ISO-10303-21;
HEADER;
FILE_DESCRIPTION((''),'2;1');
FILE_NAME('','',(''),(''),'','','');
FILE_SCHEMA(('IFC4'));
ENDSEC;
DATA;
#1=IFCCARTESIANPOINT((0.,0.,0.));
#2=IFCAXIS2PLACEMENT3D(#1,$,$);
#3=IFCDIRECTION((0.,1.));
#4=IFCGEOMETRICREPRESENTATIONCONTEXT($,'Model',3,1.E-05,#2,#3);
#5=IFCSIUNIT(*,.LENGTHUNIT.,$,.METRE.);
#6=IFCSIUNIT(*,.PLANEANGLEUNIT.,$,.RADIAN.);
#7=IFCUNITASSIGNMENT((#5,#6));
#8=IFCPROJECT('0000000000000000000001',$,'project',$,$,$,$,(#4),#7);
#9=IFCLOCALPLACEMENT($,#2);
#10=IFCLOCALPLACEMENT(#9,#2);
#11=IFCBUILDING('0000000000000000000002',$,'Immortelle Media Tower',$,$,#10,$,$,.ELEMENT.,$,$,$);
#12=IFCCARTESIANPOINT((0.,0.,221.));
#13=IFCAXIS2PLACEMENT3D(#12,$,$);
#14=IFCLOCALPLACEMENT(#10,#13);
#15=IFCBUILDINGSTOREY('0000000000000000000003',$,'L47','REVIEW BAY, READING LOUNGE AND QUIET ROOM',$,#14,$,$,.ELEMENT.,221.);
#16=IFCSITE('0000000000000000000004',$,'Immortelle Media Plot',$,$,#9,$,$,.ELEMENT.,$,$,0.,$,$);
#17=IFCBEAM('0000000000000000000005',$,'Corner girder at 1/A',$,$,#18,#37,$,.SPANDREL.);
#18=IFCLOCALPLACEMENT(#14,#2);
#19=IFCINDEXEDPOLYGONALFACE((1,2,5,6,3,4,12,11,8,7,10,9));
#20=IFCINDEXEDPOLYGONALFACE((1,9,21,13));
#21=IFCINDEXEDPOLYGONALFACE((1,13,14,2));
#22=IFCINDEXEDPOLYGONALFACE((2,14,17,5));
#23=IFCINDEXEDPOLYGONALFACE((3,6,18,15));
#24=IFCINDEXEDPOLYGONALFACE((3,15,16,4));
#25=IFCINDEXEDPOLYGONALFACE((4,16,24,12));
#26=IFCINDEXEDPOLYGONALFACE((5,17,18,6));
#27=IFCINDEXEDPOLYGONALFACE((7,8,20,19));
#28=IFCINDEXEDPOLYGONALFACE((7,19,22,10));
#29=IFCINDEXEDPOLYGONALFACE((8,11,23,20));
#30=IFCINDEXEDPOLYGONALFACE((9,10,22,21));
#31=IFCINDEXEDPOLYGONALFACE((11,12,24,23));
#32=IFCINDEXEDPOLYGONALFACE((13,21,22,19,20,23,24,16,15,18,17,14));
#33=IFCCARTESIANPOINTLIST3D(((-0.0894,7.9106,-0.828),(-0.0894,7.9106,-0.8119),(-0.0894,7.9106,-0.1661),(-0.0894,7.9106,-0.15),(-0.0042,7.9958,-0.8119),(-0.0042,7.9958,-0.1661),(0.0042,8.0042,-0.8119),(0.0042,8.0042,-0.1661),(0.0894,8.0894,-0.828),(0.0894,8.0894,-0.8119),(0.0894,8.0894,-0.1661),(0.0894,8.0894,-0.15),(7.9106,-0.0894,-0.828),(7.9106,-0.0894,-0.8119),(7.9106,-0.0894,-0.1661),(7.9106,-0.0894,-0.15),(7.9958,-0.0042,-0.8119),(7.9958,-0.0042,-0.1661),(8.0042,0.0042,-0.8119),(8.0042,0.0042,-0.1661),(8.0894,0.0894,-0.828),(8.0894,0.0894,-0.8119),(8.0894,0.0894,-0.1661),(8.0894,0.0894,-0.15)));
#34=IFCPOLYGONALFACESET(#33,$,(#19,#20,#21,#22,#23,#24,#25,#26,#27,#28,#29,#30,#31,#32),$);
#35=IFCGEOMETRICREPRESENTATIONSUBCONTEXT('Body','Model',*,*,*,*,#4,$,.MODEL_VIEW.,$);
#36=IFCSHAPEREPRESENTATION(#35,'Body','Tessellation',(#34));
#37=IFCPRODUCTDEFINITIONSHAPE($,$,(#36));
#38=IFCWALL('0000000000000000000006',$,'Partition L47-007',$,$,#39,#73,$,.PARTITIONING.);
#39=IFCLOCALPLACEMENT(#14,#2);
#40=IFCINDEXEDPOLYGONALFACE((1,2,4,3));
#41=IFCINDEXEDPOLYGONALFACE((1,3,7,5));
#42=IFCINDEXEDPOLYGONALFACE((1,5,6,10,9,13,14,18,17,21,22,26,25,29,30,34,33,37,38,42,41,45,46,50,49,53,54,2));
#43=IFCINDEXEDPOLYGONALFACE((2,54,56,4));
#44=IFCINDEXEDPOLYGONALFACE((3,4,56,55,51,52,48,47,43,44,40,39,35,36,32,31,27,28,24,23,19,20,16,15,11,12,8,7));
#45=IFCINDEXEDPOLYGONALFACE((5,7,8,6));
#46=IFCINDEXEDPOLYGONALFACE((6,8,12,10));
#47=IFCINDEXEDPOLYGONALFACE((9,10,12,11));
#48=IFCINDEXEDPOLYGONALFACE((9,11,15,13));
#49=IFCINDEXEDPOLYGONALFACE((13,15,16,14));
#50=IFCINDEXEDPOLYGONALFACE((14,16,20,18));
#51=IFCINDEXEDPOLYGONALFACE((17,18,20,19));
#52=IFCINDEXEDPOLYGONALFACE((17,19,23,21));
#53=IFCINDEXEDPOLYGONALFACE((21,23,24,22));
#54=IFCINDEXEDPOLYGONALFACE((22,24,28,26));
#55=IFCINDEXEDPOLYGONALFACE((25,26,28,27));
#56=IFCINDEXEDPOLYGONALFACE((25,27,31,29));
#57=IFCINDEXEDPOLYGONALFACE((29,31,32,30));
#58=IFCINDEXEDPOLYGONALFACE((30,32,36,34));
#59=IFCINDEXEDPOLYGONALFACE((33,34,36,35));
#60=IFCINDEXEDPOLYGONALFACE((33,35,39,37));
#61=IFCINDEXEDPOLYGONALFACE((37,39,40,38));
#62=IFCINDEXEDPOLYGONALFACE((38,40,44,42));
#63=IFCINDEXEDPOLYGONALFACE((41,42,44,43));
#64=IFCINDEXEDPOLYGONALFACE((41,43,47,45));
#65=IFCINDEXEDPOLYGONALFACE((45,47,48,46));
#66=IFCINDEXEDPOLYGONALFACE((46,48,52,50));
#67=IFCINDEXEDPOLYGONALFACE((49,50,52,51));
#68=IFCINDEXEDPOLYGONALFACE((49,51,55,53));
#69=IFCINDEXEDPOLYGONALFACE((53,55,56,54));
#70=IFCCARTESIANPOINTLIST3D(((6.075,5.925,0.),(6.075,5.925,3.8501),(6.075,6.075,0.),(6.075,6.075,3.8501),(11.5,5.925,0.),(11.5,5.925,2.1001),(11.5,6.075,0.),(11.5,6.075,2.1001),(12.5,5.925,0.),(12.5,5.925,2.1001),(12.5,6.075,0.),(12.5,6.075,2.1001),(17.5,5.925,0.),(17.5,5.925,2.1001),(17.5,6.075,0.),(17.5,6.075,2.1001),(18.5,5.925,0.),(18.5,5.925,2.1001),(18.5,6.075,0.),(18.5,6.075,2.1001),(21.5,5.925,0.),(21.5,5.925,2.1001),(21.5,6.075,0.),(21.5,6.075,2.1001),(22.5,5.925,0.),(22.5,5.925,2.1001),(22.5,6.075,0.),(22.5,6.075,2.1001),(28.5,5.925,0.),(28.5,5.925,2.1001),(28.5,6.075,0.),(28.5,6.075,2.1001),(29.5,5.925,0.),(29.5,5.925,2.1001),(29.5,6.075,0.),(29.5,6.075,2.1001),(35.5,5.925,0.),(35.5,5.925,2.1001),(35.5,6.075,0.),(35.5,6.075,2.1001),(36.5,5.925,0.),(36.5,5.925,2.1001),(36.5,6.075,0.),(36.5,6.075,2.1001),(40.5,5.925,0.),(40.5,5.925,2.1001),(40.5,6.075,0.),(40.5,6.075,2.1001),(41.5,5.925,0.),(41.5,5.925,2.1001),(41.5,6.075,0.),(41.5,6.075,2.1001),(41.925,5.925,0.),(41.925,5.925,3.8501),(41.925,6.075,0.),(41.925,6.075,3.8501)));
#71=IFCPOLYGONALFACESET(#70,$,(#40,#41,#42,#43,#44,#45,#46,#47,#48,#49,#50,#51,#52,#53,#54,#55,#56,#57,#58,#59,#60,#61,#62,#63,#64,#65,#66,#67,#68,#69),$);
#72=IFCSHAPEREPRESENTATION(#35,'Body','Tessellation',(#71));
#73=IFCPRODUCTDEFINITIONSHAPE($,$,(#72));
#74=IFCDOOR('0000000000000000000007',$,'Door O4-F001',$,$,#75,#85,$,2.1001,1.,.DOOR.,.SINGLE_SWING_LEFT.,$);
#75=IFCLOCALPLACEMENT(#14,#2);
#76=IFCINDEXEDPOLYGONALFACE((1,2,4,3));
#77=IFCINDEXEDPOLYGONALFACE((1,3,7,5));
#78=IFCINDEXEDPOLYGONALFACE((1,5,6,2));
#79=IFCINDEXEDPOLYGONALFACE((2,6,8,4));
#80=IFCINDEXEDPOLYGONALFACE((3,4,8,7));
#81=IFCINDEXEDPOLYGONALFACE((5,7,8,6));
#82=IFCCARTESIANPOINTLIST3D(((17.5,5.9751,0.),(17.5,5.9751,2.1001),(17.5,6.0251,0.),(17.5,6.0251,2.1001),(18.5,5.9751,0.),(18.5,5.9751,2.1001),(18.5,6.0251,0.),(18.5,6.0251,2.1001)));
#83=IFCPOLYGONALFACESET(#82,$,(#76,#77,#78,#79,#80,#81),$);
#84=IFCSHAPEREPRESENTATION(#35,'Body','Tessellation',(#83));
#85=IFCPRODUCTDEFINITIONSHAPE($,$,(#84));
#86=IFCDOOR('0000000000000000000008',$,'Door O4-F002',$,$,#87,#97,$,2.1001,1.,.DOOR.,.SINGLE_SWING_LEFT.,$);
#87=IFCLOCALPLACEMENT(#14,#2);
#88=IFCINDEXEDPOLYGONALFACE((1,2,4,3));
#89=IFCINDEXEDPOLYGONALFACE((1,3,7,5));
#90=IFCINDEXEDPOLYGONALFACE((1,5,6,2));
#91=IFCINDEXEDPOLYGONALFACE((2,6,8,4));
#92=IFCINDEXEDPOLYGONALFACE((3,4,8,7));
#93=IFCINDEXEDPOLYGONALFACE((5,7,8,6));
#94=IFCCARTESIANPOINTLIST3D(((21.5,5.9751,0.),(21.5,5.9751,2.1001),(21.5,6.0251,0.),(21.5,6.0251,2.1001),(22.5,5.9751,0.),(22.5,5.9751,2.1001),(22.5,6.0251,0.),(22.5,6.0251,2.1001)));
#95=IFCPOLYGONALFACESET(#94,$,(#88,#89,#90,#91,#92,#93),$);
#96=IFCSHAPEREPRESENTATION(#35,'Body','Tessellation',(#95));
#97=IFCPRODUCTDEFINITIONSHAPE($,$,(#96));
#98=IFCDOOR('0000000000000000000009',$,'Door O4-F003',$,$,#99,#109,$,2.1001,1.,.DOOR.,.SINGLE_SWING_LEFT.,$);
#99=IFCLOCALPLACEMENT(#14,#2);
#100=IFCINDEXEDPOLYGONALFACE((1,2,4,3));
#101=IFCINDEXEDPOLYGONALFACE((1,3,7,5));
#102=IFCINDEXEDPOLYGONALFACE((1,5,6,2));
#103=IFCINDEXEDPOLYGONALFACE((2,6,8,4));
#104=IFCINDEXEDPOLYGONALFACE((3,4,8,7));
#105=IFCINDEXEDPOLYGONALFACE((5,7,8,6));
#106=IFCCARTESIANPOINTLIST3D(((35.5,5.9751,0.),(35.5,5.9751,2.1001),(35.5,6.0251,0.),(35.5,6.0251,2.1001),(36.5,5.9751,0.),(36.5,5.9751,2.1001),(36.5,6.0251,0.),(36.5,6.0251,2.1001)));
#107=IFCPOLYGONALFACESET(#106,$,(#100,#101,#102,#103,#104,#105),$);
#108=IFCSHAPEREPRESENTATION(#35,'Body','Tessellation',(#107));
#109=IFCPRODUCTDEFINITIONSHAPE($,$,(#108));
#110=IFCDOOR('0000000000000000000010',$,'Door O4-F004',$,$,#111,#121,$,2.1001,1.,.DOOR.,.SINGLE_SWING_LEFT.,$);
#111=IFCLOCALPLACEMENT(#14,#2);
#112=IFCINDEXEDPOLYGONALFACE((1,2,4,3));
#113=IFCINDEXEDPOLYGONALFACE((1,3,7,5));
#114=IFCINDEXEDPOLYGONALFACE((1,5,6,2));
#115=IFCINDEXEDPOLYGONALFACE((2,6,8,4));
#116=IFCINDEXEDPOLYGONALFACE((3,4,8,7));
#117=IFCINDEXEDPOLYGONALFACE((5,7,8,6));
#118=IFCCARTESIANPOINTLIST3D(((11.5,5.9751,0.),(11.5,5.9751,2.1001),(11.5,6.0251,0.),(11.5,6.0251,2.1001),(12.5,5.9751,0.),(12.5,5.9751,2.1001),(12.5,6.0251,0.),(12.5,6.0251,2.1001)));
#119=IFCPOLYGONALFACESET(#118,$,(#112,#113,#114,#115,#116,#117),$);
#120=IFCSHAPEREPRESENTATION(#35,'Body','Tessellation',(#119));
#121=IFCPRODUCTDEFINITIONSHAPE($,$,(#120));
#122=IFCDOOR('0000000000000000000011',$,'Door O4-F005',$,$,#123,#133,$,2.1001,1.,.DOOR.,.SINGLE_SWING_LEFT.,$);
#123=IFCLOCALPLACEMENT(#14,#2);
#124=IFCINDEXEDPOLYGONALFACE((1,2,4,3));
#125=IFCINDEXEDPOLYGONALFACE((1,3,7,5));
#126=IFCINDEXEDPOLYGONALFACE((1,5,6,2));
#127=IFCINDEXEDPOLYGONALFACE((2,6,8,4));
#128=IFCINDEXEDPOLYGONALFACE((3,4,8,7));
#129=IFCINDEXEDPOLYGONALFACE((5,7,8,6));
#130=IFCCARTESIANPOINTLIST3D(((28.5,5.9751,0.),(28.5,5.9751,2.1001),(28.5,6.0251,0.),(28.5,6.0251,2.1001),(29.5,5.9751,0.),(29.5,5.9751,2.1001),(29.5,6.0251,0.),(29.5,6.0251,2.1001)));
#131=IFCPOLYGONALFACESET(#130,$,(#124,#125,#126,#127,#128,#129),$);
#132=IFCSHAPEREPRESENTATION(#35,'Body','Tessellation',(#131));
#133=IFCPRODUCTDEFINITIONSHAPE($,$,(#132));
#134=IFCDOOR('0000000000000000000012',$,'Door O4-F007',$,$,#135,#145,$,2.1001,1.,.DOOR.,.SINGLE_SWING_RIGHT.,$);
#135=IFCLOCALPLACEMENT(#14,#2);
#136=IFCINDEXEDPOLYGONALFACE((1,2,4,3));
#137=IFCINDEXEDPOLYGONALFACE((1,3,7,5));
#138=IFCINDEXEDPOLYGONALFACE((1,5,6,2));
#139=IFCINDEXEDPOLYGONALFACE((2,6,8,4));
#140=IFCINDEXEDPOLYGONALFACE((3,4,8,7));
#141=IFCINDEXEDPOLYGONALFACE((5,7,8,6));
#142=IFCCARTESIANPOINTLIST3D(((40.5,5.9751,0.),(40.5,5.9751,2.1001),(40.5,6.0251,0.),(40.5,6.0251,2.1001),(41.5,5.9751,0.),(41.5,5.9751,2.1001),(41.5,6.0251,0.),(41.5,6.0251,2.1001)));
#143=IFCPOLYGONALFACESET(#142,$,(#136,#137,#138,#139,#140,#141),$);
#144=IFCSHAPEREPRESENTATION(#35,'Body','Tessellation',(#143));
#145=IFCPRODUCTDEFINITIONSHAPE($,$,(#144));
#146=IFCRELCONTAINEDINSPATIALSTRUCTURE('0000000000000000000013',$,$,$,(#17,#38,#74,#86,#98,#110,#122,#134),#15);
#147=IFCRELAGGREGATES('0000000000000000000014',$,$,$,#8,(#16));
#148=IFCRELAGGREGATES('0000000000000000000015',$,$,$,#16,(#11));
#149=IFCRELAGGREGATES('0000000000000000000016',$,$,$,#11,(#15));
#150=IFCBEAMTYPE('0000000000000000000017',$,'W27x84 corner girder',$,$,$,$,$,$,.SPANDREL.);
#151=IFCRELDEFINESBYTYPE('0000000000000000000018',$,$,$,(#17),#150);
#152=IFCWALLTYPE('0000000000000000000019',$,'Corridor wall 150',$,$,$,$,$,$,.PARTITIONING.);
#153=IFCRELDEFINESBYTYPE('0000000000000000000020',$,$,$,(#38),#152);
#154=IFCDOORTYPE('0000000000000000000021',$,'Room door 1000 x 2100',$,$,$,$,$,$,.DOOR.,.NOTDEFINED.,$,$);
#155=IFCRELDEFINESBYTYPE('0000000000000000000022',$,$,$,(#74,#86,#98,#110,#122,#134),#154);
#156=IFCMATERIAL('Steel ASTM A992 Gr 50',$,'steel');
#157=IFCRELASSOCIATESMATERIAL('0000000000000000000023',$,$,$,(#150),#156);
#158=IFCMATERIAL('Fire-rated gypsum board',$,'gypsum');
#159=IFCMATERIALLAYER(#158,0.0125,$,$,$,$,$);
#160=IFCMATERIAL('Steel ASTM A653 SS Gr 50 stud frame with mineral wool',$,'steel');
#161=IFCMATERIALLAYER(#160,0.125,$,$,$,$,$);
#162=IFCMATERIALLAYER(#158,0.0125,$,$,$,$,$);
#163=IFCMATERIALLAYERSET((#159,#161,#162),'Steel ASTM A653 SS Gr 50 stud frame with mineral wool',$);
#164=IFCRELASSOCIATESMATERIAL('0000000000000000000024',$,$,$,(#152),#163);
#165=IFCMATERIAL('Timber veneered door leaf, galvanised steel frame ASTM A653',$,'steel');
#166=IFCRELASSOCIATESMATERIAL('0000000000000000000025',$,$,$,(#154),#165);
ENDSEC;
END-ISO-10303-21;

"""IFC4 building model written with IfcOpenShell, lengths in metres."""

from ifc_helpers import new_model, si_unit, direction, frame, frame_2d, origin, origin_2d, place, context, subcontext, project, spatial, rectangle, i_section, extrude, material, layer, layer_set, material_profile, profile_set, type_object, element, fill, save


model = new_model("IFC4")

# Units and contexts
model_context = context("Model", 3, precision=1e-05, world=origin(), true_north=direction((0.0, 1.0)))
body_context = subcontext(model_context, "Body", "Model", "MODEL_VIEW")
ifc_project = project(units=[si_unit("LENGTHUNIT", "METRE"), si_unit("PLANEANGLEUNIT", "RADIAN")], contexts=[model_context])

# Site, building, storey
site_placement = place(None, origin())
site = spatial("IfcSite", under=ifc_project, at=site_placement, Name="Immortelle Media Plot", CompositionType="ELEMENT", RefElevation=0.0)
building_placement = place(site_placement, origin())
building = spatial("IfcBuilding", under=site, at=building_placement, Name="Immortelle Media Tower", CompositionType="ELEMENT")
storey_placement = place(building_placement, frame((0.0, 0.0, 221.0)))
storey = spatial("IfcBuildingStorey", under=building, at=storey_placement, Name="L47", Description="REVIEW BAY, READING LOUNGE AND QUIET ROOM", CompositionType="ELEMENT", Elevation=221.0)

# Shared definitions
ifc_material_1 = material(Name="Steel ASTM A992 Gr 50", Category="steel")

# Beam
ifc_material_profile_1 = material_profile(ifc_material_1, i_section(OverallWidth=0.2529, OverallDepth=0.678, WebThickness=0.012, FlangeThickness=0.0161, at=origin_2d()), Name="W27x84")
ifc_profile_set_1 = profile_set([ifc_material_profile_1], Name="Steel ASTM A992 Gr 50")
beam_type_1 = type_object("IfcBeamType", Name="W27x84 corner girder", PredefinedType="SPANDREL", material=ifc_profile_set_1)
beam_1_placement = place(storey_placement, frame((8.0, 0.0, -0.489), z_axis=(-0.707107, 0.707107, 0.0), x_axis=(-0.707107, -0.707107, 0.0)))
element("IfcBeam", 1, at=beam_1_placement, inside=storey, type_object=beam_type_1, Name="Corner girder at 1/A", PredefinedType="SPANDREL", context=body_context, shape_type="SweptSolid", body=[
    extrude(i_section(OverallWidth=0.2529, OverallDepth=0.678, WebThickness=0.012, FlangeThickness=0.0161, at=origin_2d()), origin(), (0.0, 0.0, 1.0), 11.3137),
])

# Wall, openings, doors
ifc_material_2 = material(Name="Fire-rated gypsum board", Category="gypsum")
ifc_layer_1 = layer(ifc_material_2, 0.0125)
ifc_material_3 = material(Name="Steel ASTM A653 SS Gr 50 stud frame with mineral wool", Category="steel")
ifc_layer_2 = layer(ifc_material_3, 0.125)
ifc_layer_3 = layer(ifc_material_2, 0.0125)
ifc_layer_set_1 = layer_set([ifc_layer_1, ifc_layer_2, ifc_layer_3], Name="Steel ASTM A653 SS Gr 50 stud frame with mineral wool")
wall_type_1 = type_object("IfcWallType", Name="Corridor wall 150", PredefinedType="PARTITIONING", material=ifc_layer_set_1)
wall_1_placement = place(storey_placement, frame((6.075, 6.0, 0.0), z_axis=(0.0, 0.0, 1.0), x_axis=(1.0, 0.0, 0.0)))
wall_1 = element("IfcWall", 2, at=wall_1_placement, inside=storey, type_object=wall_type_1, Name="Partition L47-007", PredefinedType="PARTITIONING", context=body_context, shape_type="SweptSolid", body=[
    extrude(rectangle(XDim=35.8501, YDim=0.1499, at=frame_2d((17.925, 0.0))), origin(), (0.0, 0.0, 1.0), 3.8501),
])
opening_1_placement = place(wall_1_placement, frame((12.425, 0.0, 0.0), z_axis=(0.0, 0.0, 1.0), x_axis=(-1.0, 0.0, 0.0)))
opening_1 = element("IfcOpeningElement", 3, at=opening_1_placement, cuts=wall_1, PredefinedType="OPENING", context=body_context, shape_type="SweptSolid", body=[
    extrude(rectangle(XDim=1.0, YDim=2.1001, at=frame_2d((0.5, 1.05))), frame((0.0, 0.085, 0.0), z_axis=(0.0, -1.0, 0.0), x_axis=(1.0, 0.0, 0.0)), (0.0, 0.0, 1.0), 0.1699),
])
opening_2_placement = place(wall_1_placement, frame((16.425, 0.0, 0.0), z_axis=(0.0, 0.0, 1.0), x_axis=(-1.0, 0.0, 0.0)))
opening_2 = element("IfcOpeningElement", 4, at=opening_2_placement, cuts=wall_1, PredefinedType="OPENING", context=body_context, shape_type="SweptSolid", body=[
    extrude(rectangle(XDim=1.0, YDim=2.1001, at=frame_2d((0.5, 1.05))), frame((0.0, 0.085, 0.0), z_axis=(0.0, -1.0, 0.0), x_axis=(1.0, 0.0, 0.0)), (0.0, 0.0, 1.0), 0.1699),
])
opening_3_placement = place(wall_1_placement, frame((30.425, 0.0, 0.0), z_axis=(0.0, 0.0, 1.0), x_axis=(-1.0, 0.0, 0.0)))
opening_3 = element("IfcOpeningElement", 5, at=opening_3_placement, cuts=wall_1, PredefinedType="OPENING", context=body_context, shape_type="SweptSolid", body=[
    extrude(rectangle(XDim=1.0, YDim=2.1001, at=frame_2d((0.5, 1.05))), frame((0.0, 0.085, 0.0), z_axis=(0.0, -1.0, 0.0), x_axis=(1.0, 0.0, 0.0)), (0.0, 0.0, 1.0), 0.1699),
])
opening_4_placement = place(wall_1_placement, frame((6.425, 0.0, 0.0), z_axis=(0.0, 0.0, 1.0), x_axis=(-1.0, 0.0, 0.0)))
opening_4 = element("IfcOpeningElement", 6, at=opening_4_placement, cuts=wall_1, PredefinedType="OPENING", context=body_context, shape_type="SweptSolid", body=[
    extrude(rectangle(XDim=1.0, YDim=2.1001, at=frame_2d((0.5, 1.05))), frame((0.0, 0.085, 0.0), z_axis=(0.0, -1.0, 0.0), x_axis=(1.0, 0.0, 0.0)), (0.0, 0.0, 1.0), 0.1699),
])
opening_5_placement = place(wall_1_placement, frame((23.425, 0.0, 0.0), z_axis=(0.0, 0.0, 1.0), x_axis=(-1.0, 0.0, 0.0)))
opening_5 = element("IfcOpeningElement", 7, at=opening_5_placement, cuts=wall_1, PredefinedType="OPENING", context=body_context, shape_type="SweptSolid", body=[
    extrude(rectangle(XDim=1.0, YDim=2.1001, at=frame_2d((0.5, 1.05))), frame((0.0, 0.085, 0.0), z_axis=(0.0, -1.0, 0.0), x_axis=(1.0, 0.0, 0.0)), (0.0, 0.0, 1.0), 0.1699),
])
opening_6_placement = place(wall_1_placement, frame((35.425, 0.0, 0.0), z_axis=(0.0, 0.0, 1.0), x_axis=(-1.0, 0.0, 0.0)))
opening_6 = element("IfcOpeningElement", 8, at=opening_6_placement, cuts=wall_1, PredefinedType="OPENING", context=body_context, shape_type="SweptSolid", body=[
    extrude(rectangle(XDim=1.0, YDim=2.1001, at=frame_2d((0.5, 1.05))), frame((0.0, 0.085, 0.0), z_axis=(0.0, -1.0, 0.0), x_axis=(1.0, 0.0, 0.0)), (0.0, 0.0, 1.0), 0.1699),
])
ifc_material_4 = material(Name="Timber veneered door leaf, galvanised steel frame ASTM A653", Category="steel")
door_type = type_object("IfcDoorType", Name="Room door 1000 x 2100", OperationType="NOTDEFINED", PredefinedType="DOOR", material=ifc_material_4)
door_1_placement = place(opening_1_placement, origin())
door_1 = element("IfcDoor", 9, at=door_1_placement, inside=storey, type_object=door_type, Name="Door O4-F001", OperationType="SINGLE_SWING_LEFT", OverallHeight=2.1001, OverallWidth=1.0, PredefinedType="DOOR", context=body_context, shape_type="SweptSolid", body=[
    extrude(rectangle(XDim=1.0, YDim=2.1001, at=frame_2d((0.5, 1.05))), frame((0.0, 0.0249, 0.0), z_axis=(0.0, -1.0, 0.0), x_axis=(1.0, 0.0, 0.0)), (0.0, 0.0, 1.0), 0.05),
])
fill(opening_1, door_1)
door_2_placement = place(opening_2_placement, origin())
door_2 = element("IfcDoor", 10, at=door_2_placement, inside=storey, type_object=door_type, Name="Door O4-F002", OperationType="SINGLE_SWING_LEFT", OverallHeight=2.1001, OverallWidth=1.0, PredefinedType="DOOR", context=body_context, shape_type="SweptSolid", body=[
    extrude(rectangle(XDim=1.0, YDim=2.1001, at=frame_2d((0.5, 1.05))), frame((0.0, 0.0249, 0.0), z_axis=(0.0, -1.0, 0.0), x_axis=(1.0, 0.0, 0.0)), (0.0, 0.0, 1.0), 0.05),
])
fill(opening_2, door_2)
door_3_placement = place(opening_3_placement, origin())
door_3 = element("IfcDoor", 11, at=door_3_placement, inside=storey, type_object=door_type, Name="Door O4-F003", OperationType="SINGLE_SWING_LEFT", OverallHeight=2.1001, OverallWidth=1.0, PredefinedType="DOOR", context=body_context, shape_type="SweptSolid", body=[
    extrude(rectangle(XDim=1.0, YDim=2.1001, at=frame_2d((0.5, 1.05))), frame((0.0, 0.0249, 0.0), z_axis=(0.0, -1.0, 0.0), x_axis=(1.0, 0.0, 0.0)), (0.0, 0.0, 1.0), 0.05),
])
fill(opening_3, door_3)
door_4_placement = place(opening_4_placement, origin())
door_4 = element("IfcDoor", 12, at=door_4_placement, inside=storey, type_object=door_type, Name="Door O4-F004", OperationType="SINGLE_SWING_LEFT", OverallHeight=2.1001, OverallWidth=1.0, PredefinedType="DOOR", context=body_context, shape_type="SweptSolid", body=[
    extrude(rectangle(XDim=1.0, YDim=2.1001, at=frame_2d((0.5, 1.05))), frame((0.0, 0.0249, 0.0), z_axis=(0.0, -1.0, 0.0), x_axis=(1.0, 0.0, 0.0)), (0.0, 0.0, 1.0), 0.05),
])
fill(opening_4, door_4)
door_5_placement = place(opening_5_placement, origin())
door_5 = element("IfcDoor", 13, at=door_5_placement, inside=storey, type_object=door_type, Name="Door O4-F005", OperationType="SINGLE_SWING_LEFT", OverallHeight=2.1001, OverallWidth=1.0, PredefinedType="DOOR", context=body_context, shape_type="SweptSolid", body=[
    extrude(rectangle(XDim=1.0, YDim=2.1001, at=frame_2d((0.5, 1.05))), frame((0.0, 0.0249, 0.0), z_axis=(0.0, -1.0, 0.0), x_axis=(1.0, 0.0, 0.0)), (0.0, 0.0, 1.0), 0.05),
])
fill(opening_5, door_5)
door_6_placement = place(opening_6_placement, origin())
door_6 = element("IfcDoor", 14, at=door_6_placement, inside=storey, type_object=door_type, Name="Door O4-F007", OperationType="SINGLE_SWING_RIGHT", OverallHeight=2.1001, OverallWidth=1.0, PredefinedType="DOOR", context=body_context, shape_type="SweptSolid", body=[
    extrude(rectangle(XDim=1.0, YDim=2.1001, at=frame_2d((0.5, 1.05))), frame((0.0, 0.0249, 0.0), z_axis=(0.0, -1.0, 0.0), x_axis=(1.0, 0.0, 0.0)), (0.0, 0.0, 1.0), 0.05),
])
fill(opening_6, door_6)

save(model, "model.ifc")
